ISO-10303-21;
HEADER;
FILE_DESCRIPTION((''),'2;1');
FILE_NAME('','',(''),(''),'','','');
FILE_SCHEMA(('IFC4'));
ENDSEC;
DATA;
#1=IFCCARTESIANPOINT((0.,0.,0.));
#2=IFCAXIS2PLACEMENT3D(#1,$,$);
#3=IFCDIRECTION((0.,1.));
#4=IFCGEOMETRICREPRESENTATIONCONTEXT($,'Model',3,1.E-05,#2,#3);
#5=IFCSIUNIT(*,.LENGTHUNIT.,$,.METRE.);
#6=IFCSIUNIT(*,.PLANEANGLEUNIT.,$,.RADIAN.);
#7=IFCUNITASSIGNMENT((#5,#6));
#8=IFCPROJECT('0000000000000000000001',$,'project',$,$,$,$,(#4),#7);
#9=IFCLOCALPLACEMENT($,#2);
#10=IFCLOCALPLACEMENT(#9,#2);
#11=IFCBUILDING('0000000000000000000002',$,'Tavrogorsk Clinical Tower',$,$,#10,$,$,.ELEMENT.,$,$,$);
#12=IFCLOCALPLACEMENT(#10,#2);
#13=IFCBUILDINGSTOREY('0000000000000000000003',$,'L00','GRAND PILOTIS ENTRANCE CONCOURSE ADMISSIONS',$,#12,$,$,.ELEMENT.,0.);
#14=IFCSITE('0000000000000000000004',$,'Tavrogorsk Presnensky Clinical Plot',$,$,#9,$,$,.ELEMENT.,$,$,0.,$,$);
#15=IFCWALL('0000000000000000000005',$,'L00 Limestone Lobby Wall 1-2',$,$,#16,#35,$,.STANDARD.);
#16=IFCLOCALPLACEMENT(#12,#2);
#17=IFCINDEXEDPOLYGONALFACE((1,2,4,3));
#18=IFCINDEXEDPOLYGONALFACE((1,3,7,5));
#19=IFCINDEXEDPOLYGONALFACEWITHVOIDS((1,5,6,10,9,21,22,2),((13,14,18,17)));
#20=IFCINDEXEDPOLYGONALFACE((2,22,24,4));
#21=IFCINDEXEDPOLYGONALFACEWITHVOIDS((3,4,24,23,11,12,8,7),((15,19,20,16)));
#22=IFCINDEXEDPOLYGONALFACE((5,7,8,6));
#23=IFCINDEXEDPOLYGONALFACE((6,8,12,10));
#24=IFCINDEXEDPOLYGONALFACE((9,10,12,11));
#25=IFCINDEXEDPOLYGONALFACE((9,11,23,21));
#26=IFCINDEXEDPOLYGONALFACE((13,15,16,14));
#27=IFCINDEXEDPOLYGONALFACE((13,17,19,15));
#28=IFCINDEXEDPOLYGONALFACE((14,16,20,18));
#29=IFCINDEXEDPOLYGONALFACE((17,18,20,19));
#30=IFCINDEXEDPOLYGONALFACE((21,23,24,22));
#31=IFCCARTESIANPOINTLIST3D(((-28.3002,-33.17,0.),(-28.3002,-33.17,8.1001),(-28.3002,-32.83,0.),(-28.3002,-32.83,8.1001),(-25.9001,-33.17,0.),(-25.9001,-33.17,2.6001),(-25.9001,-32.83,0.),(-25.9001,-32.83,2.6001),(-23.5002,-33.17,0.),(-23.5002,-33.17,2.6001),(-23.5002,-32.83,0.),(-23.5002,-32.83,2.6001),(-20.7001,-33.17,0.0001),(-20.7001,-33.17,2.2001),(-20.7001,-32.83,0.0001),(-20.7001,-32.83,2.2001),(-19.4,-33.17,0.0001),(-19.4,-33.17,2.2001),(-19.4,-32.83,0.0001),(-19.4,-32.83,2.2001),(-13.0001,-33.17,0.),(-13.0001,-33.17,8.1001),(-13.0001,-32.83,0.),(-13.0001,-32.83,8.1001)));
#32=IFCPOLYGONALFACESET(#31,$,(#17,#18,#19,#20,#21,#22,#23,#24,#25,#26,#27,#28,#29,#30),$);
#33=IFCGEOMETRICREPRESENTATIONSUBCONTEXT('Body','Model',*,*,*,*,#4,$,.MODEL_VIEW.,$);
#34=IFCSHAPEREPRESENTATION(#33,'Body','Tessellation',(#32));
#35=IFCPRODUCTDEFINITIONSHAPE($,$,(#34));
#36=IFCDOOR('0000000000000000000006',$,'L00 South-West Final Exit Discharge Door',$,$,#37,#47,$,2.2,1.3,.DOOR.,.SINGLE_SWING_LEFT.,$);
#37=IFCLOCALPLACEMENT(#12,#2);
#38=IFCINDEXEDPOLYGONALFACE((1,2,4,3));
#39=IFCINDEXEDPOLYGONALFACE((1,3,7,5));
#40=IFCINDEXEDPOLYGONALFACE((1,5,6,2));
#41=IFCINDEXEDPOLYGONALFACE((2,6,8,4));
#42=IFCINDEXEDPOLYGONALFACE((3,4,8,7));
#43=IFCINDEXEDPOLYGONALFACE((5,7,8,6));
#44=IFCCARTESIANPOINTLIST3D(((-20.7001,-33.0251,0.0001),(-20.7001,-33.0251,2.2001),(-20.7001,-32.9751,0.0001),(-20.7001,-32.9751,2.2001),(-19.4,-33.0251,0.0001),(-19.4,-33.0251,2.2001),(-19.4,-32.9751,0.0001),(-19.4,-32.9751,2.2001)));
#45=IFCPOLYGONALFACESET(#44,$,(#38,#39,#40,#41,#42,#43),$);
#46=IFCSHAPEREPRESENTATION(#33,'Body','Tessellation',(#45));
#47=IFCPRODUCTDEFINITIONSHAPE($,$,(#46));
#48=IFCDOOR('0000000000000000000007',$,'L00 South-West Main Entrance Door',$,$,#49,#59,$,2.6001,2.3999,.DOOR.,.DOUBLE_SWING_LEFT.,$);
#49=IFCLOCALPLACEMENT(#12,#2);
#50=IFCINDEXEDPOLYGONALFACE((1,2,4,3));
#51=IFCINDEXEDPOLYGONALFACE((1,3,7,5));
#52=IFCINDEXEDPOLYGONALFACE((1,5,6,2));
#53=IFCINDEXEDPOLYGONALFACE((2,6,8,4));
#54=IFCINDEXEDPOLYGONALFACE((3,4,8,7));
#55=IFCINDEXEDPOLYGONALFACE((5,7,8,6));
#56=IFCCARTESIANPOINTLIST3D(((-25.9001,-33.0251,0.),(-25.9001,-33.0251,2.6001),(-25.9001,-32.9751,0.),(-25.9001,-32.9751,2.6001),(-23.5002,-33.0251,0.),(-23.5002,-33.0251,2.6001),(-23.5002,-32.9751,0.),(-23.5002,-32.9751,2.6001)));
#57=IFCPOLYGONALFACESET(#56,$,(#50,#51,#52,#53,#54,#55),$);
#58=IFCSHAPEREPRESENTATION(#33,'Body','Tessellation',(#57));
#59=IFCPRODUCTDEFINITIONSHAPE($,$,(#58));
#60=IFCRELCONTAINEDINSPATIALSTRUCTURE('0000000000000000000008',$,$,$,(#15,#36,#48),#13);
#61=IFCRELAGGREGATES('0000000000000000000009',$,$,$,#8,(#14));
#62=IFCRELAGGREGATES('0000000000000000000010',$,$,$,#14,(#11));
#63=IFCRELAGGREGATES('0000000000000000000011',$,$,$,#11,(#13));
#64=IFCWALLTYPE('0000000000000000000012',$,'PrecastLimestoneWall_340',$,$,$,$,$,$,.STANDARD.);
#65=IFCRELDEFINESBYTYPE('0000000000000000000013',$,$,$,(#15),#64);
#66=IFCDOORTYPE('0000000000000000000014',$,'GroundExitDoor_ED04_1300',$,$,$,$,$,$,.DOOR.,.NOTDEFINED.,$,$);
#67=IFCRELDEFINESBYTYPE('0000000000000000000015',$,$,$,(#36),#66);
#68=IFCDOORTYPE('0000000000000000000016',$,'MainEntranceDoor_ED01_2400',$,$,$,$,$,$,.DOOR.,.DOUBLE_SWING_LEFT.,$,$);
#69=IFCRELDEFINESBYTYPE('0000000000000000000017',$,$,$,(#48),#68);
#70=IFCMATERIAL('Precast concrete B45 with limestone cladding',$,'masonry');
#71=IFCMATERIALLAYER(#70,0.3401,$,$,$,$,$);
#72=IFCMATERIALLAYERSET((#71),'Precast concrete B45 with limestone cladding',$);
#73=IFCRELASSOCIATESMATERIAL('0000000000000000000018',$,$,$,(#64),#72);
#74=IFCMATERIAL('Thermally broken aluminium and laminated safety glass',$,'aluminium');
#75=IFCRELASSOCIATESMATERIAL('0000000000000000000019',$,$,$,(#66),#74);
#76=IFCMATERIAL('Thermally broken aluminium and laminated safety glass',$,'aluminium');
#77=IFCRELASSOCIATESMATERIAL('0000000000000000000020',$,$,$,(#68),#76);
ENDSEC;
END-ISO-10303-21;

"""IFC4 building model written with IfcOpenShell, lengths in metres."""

from ifc_helpers import new_model, si_unit, direction, frame, frame_2d, origin, place, context, subcontext, project, spatial, rectangle, extrude, material, layer, layer_set, type_object, element, fill, save


model = new_model("IFC4")

# Units and contexts
model_context = context("Model", 3, precision=1e-05, world=origin(), true_north=direction((0.0, 1.0)))
body_context = subcontext(model_context, "Body", "Model", "MODEL_VIEW")
ifc_project = project(units=[si_unit("LENGTHUNIT", "METRE"), si_unit("PLANEANGLEUNIT", "RADIAN")], contexts=[model_context])

# Site, building, storey
site_placement = place(None, origin())
site = spatial("IfcSite", under=ifc_project, at=site_placement, Name="Tavrogorsk Presnensky Clinical Plot", CompositionType="ELEMENT", RefElevation=0.0)
building_placement = place(site_placement, origin())
building = spatial("IfcBuilding", under=site, at=building_placement, Name="Tavrogorsk Clinical Tower", CompositionType="ELEMENT")
storey_placement = place(building_placement, origin())
storey = spatial("IfcBuildingStorey", under=building, at=storey_placement, Name="L00", Description="GRAND PILOTIS ENTRANCE CONCOURSE ADMISSIONS", CompositionType="ELEMENT", Elevation=0.0)

# Shared definitions
ifc_material_1 = material(Name="Precast concrete B45 with limestone cladding", Category="masonry")
ifc_layer_1 = layer(ifc_material_1, 0.3401)
ifc_layer_set_1 = layer_set([ifc_layer_1], Name="Precast concrete B45 with limestone cladding")
wall_type = type_object("IfcWallType", Name="PrecastLimestoneWall_340", PredefinedType="STANDARD", material=ifc_layer_set_1)

# Wall, openings, doors
wall_1_placement = place(storey_placement, frame((-28.3, -33.0, 0.0), z_axis=(0.0, 0.0, 1.0), x_axis=(1.0, 0.0, 0.0)))
wall_1 = element("IfcWall", 1, at=wall_1_placement, inside=storey, type_object=wall_type, Name="L00 Limestone Lobby Wall 1-2", PredefinedType="STANDARD", context=body_context, shape_type="SweptSolid", body=[
    extrude(rectangle(XDim=15.3, YDim=0.3401, at=frame_2d((7.6499, 0.0))), origin(), (0.0, 0.0, 1.0), 8.1001),
])
opening_1_placement = place(wall_1_placement, frame((2.3999, 0.0, 0.0)))
opening_1 = element("IfcOpeningElement", 2, at=opening_1_placement, cuts=wall_1, PredefinedType="OPENING", context=body_context, shape_type="SweptSolid", body=[
    extrude(rectangle(XDim=2.3999, YDim=2.6001, at=frame_2d((1.2, 1.3))), frame((0.0, 0.1799, 0.0), z_axis=(0.0, -1.0, 0.0), x_axis=(1.0, 0.0, 0.0)), (0.0, 0.0, 1.0), 0.3601),
])
opening_2_placement = place(wall_1_placement, frame((7.6001, 0.0, 0.0)))
opening_2 = element("IfcOpeningElement", 3, at=opening_2_placement, cuts=wall_1, PredefinedType="OPENING", context=body_context, shape_type="SweptSolid", body=[
    extrude(rectangle(XDim=1.3, YDim=2.2, at=frame_2d((0.6499, 1.1001))), frame((0.0, 0.1799, 0.0), z_axis=(0.0, -1.0, 0.0), x_axis=(1.0, 0.0, 0.0)), (0.0, 0.0, 1.0), 0.3601),
])
ifc_material_2 = material(Name="Thermally broken aluminium and laminated safety glass", Category="aluminium")
door_type_1 = type_object("IfcDoorType", Name="GroundExitDoor_ED04_1300", OperationType="NOTDEFINED", PredefinedType="DOOR", material=ifc_material_2)
door_1_placement = place(opening_2_placement, origin())
door_1 = element("IfcDoor", 4, at=door_1_placement, inside=storey, type_object=door_type_1, Name="L00 South-West Final Exit Discharge Door", OperationType="SINGLE_SWING_LEFT", OverallHeight=2.2, OverallWidth=1.3, PredefinedType="DOOR", context=body_context, shape_type="SweptSolid", body=[
    extrude(rectangle(XDim=1.3, YDim=2.2, at=frame_2d((0.6499, 1.1001))), frame((0.0, 0.0249, 0.0), z_axis=(0.0, -1.0, 0.0), x_axis=(1.0, 0.0, 0.0)), (0.0, 0.0, 1.0), 0.05),
])
fill(opening_2, door_1)
ifc_material_3 = material(Name="Thermally broken aluminium and laminated safety glass", Category="aluminium")
door_type_2 = type_object("IfcDoorType", Name="MainEntranceDoor_ED01_2400", OperationType="DOUBLE_SWING_LEFT", PredefinedType="DOOR", material=ifc_material_3)
door_2_placement = place(opening_1_placement, origin())
door_2 = element("IfcDoor", 5, at=door_2_placement, inside=storey, type_object=door_type_2, Name="L00 South-West Main Entrance Door", OperationType="DOUBLE_SWING_LEFT", OverallHeight=2.6001, OverallWidth=2.3999, PredefinedType="DOOR", context=body_context, shape_type="SweptSolid", body=[
    extrude(rectangle(XDim=2.3999, YDim=2.6001, at=frame_2d((1.2, 1.3))), frame((0.0, 0.0249, 0.0), z_axis=(0.0, -1.0, 0.0), x_axis=(1.0, 0.0, 0.0)), (0.0, 0.0, 1.0), 0.05),
])
fill(opening_1, door_2)

save(model, "model.ifc")
